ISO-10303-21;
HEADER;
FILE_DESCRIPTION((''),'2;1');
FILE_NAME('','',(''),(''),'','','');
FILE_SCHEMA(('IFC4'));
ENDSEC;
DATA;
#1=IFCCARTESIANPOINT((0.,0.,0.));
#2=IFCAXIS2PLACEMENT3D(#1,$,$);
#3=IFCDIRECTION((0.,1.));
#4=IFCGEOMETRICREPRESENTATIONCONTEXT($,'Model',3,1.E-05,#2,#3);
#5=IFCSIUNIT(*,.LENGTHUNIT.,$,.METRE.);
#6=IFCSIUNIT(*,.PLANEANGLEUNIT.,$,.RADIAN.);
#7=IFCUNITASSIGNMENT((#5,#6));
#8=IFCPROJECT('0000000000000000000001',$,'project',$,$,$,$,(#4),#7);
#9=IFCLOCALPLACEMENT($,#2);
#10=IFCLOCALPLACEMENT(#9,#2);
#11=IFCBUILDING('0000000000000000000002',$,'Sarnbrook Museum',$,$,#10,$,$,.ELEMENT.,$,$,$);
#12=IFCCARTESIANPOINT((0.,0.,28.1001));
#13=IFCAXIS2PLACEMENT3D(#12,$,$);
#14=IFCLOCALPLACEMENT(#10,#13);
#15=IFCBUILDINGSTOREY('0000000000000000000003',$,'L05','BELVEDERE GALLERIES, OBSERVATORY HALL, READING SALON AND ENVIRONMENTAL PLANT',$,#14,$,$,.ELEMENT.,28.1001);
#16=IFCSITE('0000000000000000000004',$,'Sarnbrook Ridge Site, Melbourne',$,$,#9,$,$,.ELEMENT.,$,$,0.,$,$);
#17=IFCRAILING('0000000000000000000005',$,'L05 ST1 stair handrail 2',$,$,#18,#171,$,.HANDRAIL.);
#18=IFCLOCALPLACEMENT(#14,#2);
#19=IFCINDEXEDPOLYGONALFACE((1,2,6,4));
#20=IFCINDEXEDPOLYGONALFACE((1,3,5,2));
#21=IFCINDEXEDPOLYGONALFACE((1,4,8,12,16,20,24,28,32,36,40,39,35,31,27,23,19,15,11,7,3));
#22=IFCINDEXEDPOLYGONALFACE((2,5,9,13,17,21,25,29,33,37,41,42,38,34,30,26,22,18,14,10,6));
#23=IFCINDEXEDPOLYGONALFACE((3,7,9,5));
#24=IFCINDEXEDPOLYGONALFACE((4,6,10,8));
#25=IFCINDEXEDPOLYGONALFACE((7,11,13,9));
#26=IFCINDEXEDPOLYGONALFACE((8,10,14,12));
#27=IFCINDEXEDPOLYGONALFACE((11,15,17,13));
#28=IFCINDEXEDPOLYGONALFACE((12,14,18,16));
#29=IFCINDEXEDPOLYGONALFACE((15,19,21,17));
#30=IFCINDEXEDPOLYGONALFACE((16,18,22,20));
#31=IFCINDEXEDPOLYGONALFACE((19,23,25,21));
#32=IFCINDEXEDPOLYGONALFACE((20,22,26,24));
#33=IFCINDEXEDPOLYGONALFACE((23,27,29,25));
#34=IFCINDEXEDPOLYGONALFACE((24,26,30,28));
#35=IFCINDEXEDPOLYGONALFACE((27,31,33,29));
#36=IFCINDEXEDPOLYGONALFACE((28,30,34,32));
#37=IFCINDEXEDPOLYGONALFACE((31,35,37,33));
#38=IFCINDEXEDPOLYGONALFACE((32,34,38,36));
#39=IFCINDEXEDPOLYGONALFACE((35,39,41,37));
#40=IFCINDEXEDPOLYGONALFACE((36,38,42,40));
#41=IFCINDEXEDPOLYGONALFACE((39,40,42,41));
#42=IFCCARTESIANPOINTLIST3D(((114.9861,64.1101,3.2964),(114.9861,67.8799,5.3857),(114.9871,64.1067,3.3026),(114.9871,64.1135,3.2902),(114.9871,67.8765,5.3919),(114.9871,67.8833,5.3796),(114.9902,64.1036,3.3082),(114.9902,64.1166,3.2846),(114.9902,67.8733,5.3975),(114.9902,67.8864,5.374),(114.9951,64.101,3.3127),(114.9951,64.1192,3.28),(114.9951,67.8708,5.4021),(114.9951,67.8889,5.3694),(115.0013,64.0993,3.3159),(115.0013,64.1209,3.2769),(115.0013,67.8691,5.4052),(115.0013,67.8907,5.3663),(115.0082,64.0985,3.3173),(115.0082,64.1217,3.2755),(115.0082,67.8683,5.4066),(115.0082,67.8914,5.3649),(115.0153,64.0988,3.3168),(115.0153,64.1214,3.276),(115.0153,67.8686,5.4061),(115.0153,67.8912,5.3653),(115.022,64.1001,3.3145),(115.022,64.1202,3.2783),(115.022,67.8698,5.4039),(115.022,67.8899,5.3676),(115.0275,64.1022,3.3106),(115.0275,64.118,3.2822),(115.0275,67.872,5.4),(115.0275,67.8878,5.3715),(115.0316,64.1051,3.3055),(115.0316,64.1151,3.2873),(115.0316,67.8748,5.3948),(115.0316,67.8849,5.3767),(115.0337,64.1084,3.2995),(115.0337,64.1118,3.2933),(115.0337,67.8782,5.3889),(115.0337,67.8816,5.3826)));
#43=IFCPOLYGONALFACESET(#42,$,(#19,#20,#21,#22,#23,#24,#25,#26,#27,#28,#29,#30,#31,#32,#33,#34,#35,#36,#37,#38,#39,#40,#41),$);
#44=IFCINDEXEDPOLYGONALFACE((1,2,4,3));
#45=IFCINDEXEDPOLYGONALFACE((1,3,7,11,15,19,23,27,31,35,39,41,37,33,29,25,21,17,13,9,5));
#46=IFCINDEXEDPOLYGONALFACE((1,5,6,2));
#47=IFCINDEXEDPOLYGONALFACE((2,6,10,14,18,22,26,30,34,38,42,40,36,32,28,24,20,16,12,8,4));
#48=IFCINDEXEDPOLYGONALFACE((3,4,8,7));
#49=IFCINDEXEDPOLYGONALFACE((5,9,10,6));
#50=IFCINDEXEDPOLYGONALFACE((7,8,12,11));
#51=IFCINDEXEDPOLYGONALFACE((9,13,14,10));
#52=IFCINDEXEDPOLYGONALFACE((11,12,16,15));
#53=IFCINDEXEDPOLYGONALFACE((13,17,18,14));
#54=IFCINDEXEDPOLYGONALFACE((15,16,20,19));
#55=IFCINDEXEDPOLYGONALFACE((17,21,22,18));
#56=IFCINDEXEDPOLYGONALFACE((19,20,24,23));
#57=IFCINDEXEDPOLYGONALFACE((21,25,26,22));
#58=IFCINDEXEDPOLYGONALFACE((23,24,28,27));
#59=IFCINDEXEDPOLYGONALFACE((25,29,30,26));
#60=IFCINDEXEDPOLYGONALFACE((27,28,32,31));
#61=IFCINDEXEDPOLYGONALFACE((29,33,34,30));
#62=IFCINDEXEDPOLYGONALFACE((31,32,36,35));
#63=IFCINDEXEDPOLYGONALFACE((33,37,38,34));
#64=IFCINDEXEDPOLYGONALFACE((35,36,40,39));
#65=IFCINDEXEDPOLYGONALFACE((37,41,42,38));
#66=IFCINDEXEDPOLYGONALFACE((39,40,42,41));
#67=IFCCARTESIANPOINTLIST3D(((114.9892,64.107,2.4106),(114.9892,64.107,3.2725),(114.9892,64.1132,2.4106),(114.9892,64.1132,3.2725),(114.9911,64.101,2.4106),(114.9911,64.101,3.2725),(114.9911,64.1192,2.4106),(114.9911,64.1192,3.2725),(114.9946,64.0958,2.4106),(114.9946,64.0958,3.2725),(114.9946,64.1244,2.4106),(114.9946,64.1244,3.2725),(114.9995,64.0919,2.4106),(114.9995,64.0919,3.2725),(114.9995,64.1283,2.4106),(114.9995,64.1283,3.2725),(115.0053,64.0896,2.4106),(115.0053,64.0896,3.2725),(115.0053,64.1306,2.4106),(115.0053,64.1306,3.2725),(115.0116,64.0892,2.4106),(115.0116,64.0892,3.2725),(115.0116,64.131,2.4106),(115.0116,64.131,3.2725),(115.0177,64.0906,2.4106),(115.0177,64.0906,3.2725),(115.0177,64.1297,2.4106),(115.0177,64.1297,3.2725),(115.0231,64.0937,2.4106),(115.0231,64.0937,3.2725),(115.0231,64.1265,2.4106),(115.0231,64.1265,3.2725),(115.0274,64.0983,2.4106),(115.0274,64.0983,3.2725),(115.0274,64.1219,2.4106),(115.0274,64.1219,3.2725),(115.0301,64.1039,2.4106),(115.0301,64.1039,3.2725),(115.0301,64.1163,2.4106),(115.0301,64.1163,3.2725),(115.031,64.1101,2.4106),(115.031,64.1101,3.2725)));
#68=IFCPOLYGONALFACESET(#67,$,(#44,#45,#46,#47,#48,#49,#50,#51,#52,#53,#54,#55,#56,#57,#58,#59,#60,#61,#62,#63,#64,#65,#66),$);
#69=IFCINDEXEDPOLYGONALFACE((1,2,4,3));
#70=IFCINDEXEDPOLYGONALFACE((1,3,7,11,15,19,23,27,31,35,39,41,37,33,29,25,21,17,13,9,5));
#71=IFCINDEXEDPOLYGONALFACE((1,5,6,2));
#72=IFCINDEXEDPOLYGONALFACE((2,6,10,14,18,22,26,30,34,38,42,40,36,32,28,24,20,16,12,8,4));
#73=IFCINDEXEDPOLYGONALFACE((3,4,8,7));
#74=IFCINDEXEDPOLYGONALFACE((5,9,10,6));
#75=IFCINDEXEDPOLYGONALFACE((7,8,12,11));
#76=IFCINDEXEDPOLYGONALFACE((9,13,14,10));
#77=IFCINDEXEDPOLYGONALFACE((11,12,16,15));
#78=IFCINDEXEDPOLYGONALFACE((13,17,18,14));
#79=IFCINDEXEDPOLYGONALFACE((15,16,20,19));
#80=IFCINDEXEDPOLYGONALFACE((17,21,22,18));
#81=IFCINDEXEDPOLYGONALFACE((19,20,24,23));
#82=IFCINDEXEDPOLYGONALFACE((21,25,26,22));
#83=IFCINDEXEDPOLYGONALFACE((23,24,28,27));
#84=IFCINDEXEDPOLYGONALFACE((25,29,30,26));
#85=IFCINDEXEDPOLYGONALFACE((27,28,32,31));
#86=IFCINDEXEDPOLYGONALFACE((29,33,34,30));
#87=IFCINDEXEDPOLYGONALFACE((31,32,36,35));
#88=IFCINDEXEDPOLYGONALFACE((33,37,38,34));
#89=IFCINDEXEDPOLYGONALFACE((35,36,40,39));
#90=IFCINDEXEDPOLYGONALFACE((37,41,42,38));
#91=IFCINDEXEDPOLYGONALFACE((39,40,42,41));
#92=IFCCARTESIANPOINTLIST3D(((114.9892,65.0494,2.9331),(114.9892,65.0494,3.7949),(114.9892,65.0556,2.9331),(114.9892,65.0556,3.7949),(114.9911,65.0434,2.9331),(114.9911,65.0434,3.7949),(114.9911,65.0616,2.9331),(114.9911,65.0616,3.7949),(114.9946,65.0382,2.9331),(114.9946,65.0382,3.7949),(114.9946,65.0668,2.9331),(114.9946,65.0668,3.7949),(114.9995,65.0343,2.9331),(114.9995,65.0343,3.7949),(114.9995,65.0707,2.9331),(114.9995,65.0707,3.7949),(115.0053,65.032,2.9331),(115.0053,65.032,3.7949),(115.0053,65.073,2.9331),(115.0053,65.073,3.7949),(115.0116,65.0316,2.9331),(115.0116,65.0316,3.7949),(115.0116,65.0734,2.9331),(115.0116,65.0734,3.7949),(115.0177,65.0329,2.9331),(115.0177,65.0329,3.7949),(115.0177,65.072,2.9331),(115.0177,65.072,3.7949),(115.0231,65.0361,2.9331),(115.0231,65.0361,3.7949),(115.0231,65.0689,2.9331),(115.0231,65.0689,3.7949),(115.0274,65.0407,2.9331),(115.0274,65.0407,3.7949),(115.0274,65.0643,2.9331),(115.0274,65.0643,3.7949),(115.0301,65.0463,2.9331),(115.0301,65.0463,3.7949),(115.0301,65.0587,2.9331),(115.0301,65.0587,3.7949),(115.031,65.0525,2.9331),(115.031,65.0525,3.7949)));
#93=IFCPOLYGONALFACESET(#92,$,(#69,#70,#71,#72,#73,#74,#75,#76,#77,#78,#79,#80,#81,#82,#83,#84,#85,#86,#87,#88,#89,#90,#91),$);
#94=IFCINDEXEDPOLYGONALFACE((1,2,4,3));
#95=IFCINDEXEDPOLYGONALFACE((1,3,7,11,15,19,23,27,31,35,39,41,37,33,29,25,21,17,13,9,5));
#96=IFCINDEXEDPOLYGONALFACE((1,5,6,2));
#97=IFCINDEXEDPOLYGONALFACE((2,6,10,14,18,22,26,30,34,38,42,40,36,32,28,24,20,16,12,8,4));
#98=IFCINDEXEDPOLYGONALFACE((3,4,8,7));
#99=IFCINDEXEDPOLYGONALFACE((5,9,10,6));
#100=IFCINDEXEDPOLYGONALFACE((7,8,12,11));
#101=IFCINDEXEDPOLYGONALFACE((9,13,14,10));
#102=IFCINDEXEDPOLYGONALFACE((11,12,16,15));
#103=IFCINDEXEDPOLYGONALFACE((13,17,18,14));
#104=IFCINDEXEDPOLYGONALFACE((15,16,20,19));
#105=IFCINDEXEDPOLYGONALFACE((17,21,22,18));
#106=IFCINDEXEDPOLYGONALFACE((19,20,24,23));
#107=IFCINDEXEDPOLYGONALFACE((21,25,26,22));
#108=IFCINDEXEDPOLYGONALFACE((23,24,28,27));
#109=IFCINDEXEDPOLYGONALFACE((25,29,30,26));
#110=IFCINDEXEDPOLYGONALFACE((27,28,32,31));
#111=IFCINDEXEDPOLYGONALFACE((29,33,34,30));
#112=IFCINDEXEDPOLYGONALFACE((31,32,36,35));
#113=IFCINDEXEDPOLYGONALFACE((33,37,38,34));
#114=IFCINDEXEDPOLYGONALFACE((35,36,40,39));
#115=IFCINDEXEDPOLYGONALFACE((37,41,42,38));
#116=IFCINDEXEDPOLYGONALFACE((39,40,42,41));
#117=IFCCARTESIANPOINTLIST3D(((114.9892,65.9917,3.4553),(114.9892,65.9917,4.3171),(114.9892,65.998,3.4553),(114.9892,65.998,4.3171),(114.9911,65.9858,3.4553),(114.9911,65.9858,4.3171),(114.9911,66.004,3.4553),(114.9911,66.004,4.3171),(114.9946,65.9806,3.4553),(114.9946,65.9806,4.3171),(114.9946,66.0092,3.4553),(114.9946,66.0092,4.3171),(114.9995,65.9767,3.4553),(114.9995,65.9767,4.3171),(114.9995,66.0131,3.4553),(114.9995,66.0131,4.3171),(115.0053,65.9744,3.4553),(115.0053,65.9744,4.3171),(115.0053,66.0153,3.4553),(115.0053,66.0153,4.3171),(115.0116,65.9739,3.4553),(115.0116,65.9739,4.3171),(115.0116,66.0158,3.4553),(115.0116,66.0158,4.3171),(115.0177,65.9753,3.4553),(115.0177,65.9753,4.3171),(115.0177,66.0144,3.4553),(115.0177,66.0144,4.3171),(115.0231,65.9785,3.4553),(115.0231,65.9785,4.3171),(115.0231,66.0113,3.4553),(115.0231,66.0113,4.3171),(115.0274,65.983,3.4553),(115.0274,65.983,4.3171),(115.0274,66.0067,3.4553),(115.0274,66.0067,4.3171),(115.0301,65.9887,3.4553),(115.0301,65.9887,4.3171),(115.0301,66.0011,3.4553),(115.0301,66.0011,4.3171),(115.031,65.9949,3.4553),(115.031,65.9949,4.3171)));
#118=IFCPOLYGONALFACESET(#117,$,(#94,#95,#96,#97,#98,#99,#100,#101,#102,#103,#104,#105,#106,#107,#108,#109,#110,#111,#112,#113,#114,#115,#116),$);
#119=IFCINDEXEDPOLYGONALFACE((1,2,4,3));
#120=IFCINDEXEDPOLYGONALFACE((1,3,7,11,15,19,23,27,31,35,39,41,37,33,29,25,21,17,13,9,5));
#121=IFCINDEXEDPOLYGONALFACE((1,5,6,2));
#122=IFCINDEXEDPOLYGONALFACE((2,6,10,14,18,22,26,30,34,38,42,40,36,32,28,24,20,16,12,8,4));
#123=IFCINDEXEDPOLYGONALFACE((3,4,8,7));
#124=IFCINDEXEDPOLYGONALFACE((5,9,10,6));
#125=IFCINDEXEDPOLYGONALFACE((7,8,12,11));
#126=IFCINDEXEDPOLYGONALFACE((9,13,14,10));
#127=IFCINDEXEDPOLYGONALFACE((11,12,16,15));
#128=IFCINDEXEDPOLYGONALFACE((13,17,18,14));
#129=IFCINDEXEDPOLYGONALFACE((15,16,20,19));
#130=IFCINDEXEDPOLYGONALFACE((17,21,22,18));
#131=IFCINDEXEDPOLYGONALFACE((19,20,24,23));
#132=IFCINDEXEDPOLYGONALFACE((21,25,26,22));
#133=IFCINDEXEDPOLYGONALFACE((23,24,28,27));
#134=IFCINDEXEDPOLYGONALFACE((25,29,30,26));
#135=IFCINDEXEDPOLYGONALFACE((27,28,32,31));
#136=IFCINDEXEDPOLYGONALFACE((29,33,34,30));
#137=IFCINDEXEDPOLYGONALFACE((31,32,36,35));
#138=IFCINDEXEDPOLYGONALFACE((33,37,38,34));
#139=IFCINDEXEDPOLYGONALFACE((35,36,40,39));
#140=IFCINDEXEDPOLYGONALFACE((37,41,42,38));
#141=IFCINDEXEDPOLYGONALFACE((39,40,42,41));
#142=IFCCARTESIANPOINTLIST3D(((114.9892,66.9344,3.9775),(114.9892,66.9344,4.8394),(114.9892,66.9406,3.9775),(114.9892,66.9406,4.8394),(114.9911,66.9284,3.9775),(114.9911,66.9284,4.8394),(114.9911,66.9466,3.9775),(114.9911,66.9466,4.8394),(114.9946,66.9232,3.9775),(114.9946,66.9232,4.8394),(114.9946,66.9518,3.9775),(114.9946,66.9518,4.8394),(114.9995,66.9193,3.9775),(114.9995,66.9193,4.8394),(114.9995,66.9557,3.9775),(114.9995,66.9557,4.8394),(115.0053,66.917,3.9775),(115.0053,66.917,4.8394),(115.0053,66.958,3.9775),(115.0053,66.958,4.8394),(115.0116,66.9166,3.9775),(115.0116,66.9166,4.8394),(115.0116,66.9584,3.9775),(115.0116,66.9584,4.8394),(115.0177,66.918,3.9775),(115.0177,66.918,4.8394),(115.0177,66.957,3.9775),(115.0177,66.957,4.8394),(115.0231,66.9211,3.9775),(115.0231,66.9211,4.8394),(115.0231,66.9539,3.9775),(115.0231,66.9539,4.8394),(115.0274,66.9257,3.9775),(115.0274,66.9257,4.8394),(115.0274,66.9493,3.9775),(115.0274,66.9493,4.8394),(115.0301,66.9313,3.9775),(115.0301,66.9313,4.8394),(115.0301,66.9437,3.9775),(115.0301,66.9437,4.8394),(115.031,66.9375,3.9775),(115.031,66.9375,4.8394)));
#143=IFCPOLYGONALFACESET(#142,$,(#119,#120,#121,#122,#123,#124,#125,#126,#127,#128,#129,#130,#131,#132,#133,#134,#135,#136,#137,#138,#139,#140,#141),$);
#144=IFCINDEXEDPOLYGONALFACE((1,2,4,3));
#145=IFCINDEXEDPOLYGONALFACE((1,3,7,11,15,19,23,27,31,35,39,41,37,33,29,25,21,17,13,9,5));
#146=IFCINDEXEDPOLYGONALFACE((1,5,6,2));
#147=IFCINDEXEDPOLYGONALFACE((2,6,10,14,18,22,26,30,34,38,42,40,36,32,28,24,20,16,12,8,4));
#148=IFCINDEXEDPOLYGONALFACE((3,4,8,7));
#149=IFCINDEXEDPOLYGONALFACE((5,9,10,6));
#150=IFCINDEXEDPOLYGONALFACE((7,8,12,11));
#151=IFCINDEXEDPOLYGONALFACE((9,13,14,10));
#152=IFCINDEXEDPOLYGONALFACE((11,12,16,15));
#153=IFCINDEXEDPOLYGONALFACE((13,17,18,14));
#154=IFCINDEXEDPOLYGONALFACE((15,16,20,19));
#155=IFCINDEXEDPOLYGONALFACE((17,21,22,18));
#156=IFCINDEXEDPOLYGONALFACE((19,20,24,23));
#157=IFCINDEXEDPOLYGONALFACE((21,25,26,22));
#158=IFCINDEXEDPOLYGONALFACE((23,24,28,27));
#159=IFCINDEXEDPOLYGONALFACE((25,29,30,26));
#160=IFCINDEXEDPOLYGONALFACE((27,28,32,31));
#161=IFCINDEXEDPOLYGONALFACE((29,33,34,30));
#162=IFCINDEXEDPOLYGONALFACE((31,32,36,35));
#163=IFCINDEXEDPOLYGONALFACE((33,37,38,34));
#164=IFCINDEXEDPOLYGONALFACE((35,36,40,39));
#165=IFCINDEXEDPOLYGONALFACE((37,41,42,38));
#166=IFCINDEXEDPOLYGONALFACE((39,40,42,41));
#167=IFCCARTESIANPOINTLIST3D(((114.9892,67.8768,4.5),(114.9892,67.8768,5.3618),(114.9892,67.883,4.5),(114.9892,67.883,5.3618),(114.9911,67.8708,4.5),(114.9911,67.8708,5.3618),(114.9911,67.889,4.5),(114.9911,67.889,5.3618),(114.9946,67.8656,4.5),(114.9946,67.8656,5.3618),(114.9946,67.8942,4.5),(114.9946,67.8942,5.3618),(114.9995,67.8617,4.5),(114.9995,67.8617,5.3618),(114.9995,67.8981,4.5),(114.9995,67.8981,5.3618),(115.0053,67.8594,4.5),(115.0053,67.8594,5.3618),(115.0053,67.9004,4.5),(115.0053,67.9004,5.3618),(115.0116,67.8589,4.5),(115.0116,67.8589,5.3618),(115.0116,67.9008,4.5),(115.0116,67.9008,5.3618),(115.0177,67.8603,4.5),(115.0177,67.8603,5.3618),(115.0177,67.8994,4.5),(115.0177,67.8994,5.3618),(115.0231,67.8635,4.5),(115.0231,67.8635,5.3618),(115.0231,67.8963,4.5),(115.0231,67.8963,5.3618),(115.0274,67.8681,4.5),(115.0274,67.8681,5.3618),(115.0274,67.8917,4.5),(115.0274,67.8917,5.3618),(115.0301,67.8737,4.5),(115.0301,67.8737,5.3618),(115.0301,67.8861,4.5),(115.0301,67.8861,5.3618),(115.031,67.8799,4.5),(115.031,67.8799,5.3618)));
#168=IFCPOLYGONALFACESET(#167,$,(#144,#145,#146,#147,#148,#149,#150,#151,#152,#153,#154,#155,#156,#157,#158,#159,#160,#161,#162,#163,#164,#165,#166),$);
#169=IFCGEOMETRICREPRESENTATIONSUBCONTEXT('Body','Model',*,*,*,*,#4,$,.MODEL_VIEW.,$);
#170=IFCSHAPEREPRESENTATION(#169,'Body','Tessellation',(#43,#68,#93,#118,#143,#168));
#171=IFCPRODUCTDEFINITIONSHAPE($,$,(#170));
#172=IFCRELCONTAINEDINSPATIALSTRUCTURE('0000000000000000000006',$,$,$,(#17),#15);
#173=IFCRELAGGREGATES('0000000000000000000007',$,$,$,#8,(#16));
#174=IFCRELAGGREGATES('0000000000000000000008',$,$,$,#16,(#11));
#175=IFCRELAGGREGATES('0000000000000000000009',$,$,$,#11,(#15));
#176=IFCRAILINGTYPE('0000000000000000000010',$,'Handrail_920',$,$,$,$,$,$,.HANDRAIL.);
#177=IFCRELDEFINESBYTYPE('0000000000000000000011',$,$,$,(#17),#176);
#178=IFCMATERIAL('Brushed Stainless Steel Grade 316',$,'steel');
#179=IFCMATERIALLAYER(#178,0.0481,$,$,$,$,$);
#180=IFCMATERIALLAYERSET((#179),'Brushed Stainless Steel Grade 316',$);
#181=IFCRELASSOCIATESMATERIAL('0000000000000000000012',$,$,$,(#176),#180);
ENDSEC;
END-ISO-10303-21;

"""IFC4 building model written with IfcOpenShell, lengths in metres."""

from ifc_helpers import new_model, si_unit, direction, frame, origin, origin_2d, place, context, subcontext, project, spatial, circle, extrude, material, layer, layer_set, type_object, element, save


model = new_model("IFC4")

# Units and contexts
model_context = context("Model", 3, precision=1e-05, world=origin(), true_north=direction((0.0, 1.0)))
body_context = subcontext(model_context, "Body", "Model", "MODEL_VIEW")
ifc_project = project(units=[si_unit("LENGTHUNIT", "METRE"), si_unit("PLANEANGLEUNIT", "RADIAN")], contexts=[model_context])

# Site, building, storey
site_placement = place(None, origin())
site = spatial("IfcSite", under=ifc_project, at=site_placement, Name="Sarnbrook Ridge Site, Melbourne", CompositionType="ELEMENT", RefElevation=0.0)
building_placement = place(site_placement, origin())
building = spatial("IfcBuilding", under=site, at=building_placement, Name="Sarnbrook Museum", CompositionType="ELEMENT")
storey_placement = place(building_placement, frame((0.0, 0.0, 28.1001)))
storey = spatial("IfcBuildingStorey", under=building, at=storey_placement, Name="L05", Description="BELVEDERE GALLERIES, OBSERVATORY HALL, READING SALON AND ENVIRONMENTAL PLANT", CompositionType="ELEMENT", Elevation=28.1001)

# Shared definitions
ifc_material_1 = material(Name="Brushed Stainless Steel Grade 316", Category="steel")

# Railing
ifc_layer_1 = layer(ifc_material_1, 0.0481)
ifc_layer_set_1 = layer_set([ifc_layer_1], Name="Brushed Stainless Steel Grade 316")
railing_type_1 = type_object("IfcRailingType", Name="Handrail_920", PredefinedType="HANDRAIL", material=ifc_layer_set_1)
railing_1_placement = place(storey_placement, frame((115.01, 64.1101, 2.4106)))
element("IfcRailing", 1, at=railing_1_placement, inside=storey, type_object=railing_type_1, Name="L05 ST1 stair handrail 2", PredefinedType="HANDRAIL", context=body_context, shape_type="SweptSolid", body=[
    extrude(circle(Radius=0.0239, at=origin_2d()), frame((0.0, 0.0, 0.8857), z_axis=(0.0, 0.874646, 0.484763), x_axis=(-1.0, 0.0, 0.0)), (0.0, 0.0, 1.0), 4.3101),
    extrude(circle(Radius=0.021, at=origin_2d()), origin(), (0.0, 0.0, 1.0), 0.8618),
    extrude(circle(Radius=0.021, at=origin_2d()), frame((0.0, 0.9424, 0.5225)), (0.0, 0.0, 1.0), 0.8618),
    extrude(circle(Radius=0.021, at=origin_2d()), frame((0.0, 1.8848, 1.0447)), (0.0, 0.0, 1.0), 0.8618),
    extrude(circle(Radius=0.021, at=origin_2d()), frame((0.0, 2.8274, 1.5669)), (0.0, 0.0, 1.0), 0.8618),
    extrude(circle(Radius=0.021, at=origin_2d()), frame((0.0, 3.7698, 2.0894)), (0.0, 0.0, 1.0), 0.8618),
])

save(model, "model.ifc")
